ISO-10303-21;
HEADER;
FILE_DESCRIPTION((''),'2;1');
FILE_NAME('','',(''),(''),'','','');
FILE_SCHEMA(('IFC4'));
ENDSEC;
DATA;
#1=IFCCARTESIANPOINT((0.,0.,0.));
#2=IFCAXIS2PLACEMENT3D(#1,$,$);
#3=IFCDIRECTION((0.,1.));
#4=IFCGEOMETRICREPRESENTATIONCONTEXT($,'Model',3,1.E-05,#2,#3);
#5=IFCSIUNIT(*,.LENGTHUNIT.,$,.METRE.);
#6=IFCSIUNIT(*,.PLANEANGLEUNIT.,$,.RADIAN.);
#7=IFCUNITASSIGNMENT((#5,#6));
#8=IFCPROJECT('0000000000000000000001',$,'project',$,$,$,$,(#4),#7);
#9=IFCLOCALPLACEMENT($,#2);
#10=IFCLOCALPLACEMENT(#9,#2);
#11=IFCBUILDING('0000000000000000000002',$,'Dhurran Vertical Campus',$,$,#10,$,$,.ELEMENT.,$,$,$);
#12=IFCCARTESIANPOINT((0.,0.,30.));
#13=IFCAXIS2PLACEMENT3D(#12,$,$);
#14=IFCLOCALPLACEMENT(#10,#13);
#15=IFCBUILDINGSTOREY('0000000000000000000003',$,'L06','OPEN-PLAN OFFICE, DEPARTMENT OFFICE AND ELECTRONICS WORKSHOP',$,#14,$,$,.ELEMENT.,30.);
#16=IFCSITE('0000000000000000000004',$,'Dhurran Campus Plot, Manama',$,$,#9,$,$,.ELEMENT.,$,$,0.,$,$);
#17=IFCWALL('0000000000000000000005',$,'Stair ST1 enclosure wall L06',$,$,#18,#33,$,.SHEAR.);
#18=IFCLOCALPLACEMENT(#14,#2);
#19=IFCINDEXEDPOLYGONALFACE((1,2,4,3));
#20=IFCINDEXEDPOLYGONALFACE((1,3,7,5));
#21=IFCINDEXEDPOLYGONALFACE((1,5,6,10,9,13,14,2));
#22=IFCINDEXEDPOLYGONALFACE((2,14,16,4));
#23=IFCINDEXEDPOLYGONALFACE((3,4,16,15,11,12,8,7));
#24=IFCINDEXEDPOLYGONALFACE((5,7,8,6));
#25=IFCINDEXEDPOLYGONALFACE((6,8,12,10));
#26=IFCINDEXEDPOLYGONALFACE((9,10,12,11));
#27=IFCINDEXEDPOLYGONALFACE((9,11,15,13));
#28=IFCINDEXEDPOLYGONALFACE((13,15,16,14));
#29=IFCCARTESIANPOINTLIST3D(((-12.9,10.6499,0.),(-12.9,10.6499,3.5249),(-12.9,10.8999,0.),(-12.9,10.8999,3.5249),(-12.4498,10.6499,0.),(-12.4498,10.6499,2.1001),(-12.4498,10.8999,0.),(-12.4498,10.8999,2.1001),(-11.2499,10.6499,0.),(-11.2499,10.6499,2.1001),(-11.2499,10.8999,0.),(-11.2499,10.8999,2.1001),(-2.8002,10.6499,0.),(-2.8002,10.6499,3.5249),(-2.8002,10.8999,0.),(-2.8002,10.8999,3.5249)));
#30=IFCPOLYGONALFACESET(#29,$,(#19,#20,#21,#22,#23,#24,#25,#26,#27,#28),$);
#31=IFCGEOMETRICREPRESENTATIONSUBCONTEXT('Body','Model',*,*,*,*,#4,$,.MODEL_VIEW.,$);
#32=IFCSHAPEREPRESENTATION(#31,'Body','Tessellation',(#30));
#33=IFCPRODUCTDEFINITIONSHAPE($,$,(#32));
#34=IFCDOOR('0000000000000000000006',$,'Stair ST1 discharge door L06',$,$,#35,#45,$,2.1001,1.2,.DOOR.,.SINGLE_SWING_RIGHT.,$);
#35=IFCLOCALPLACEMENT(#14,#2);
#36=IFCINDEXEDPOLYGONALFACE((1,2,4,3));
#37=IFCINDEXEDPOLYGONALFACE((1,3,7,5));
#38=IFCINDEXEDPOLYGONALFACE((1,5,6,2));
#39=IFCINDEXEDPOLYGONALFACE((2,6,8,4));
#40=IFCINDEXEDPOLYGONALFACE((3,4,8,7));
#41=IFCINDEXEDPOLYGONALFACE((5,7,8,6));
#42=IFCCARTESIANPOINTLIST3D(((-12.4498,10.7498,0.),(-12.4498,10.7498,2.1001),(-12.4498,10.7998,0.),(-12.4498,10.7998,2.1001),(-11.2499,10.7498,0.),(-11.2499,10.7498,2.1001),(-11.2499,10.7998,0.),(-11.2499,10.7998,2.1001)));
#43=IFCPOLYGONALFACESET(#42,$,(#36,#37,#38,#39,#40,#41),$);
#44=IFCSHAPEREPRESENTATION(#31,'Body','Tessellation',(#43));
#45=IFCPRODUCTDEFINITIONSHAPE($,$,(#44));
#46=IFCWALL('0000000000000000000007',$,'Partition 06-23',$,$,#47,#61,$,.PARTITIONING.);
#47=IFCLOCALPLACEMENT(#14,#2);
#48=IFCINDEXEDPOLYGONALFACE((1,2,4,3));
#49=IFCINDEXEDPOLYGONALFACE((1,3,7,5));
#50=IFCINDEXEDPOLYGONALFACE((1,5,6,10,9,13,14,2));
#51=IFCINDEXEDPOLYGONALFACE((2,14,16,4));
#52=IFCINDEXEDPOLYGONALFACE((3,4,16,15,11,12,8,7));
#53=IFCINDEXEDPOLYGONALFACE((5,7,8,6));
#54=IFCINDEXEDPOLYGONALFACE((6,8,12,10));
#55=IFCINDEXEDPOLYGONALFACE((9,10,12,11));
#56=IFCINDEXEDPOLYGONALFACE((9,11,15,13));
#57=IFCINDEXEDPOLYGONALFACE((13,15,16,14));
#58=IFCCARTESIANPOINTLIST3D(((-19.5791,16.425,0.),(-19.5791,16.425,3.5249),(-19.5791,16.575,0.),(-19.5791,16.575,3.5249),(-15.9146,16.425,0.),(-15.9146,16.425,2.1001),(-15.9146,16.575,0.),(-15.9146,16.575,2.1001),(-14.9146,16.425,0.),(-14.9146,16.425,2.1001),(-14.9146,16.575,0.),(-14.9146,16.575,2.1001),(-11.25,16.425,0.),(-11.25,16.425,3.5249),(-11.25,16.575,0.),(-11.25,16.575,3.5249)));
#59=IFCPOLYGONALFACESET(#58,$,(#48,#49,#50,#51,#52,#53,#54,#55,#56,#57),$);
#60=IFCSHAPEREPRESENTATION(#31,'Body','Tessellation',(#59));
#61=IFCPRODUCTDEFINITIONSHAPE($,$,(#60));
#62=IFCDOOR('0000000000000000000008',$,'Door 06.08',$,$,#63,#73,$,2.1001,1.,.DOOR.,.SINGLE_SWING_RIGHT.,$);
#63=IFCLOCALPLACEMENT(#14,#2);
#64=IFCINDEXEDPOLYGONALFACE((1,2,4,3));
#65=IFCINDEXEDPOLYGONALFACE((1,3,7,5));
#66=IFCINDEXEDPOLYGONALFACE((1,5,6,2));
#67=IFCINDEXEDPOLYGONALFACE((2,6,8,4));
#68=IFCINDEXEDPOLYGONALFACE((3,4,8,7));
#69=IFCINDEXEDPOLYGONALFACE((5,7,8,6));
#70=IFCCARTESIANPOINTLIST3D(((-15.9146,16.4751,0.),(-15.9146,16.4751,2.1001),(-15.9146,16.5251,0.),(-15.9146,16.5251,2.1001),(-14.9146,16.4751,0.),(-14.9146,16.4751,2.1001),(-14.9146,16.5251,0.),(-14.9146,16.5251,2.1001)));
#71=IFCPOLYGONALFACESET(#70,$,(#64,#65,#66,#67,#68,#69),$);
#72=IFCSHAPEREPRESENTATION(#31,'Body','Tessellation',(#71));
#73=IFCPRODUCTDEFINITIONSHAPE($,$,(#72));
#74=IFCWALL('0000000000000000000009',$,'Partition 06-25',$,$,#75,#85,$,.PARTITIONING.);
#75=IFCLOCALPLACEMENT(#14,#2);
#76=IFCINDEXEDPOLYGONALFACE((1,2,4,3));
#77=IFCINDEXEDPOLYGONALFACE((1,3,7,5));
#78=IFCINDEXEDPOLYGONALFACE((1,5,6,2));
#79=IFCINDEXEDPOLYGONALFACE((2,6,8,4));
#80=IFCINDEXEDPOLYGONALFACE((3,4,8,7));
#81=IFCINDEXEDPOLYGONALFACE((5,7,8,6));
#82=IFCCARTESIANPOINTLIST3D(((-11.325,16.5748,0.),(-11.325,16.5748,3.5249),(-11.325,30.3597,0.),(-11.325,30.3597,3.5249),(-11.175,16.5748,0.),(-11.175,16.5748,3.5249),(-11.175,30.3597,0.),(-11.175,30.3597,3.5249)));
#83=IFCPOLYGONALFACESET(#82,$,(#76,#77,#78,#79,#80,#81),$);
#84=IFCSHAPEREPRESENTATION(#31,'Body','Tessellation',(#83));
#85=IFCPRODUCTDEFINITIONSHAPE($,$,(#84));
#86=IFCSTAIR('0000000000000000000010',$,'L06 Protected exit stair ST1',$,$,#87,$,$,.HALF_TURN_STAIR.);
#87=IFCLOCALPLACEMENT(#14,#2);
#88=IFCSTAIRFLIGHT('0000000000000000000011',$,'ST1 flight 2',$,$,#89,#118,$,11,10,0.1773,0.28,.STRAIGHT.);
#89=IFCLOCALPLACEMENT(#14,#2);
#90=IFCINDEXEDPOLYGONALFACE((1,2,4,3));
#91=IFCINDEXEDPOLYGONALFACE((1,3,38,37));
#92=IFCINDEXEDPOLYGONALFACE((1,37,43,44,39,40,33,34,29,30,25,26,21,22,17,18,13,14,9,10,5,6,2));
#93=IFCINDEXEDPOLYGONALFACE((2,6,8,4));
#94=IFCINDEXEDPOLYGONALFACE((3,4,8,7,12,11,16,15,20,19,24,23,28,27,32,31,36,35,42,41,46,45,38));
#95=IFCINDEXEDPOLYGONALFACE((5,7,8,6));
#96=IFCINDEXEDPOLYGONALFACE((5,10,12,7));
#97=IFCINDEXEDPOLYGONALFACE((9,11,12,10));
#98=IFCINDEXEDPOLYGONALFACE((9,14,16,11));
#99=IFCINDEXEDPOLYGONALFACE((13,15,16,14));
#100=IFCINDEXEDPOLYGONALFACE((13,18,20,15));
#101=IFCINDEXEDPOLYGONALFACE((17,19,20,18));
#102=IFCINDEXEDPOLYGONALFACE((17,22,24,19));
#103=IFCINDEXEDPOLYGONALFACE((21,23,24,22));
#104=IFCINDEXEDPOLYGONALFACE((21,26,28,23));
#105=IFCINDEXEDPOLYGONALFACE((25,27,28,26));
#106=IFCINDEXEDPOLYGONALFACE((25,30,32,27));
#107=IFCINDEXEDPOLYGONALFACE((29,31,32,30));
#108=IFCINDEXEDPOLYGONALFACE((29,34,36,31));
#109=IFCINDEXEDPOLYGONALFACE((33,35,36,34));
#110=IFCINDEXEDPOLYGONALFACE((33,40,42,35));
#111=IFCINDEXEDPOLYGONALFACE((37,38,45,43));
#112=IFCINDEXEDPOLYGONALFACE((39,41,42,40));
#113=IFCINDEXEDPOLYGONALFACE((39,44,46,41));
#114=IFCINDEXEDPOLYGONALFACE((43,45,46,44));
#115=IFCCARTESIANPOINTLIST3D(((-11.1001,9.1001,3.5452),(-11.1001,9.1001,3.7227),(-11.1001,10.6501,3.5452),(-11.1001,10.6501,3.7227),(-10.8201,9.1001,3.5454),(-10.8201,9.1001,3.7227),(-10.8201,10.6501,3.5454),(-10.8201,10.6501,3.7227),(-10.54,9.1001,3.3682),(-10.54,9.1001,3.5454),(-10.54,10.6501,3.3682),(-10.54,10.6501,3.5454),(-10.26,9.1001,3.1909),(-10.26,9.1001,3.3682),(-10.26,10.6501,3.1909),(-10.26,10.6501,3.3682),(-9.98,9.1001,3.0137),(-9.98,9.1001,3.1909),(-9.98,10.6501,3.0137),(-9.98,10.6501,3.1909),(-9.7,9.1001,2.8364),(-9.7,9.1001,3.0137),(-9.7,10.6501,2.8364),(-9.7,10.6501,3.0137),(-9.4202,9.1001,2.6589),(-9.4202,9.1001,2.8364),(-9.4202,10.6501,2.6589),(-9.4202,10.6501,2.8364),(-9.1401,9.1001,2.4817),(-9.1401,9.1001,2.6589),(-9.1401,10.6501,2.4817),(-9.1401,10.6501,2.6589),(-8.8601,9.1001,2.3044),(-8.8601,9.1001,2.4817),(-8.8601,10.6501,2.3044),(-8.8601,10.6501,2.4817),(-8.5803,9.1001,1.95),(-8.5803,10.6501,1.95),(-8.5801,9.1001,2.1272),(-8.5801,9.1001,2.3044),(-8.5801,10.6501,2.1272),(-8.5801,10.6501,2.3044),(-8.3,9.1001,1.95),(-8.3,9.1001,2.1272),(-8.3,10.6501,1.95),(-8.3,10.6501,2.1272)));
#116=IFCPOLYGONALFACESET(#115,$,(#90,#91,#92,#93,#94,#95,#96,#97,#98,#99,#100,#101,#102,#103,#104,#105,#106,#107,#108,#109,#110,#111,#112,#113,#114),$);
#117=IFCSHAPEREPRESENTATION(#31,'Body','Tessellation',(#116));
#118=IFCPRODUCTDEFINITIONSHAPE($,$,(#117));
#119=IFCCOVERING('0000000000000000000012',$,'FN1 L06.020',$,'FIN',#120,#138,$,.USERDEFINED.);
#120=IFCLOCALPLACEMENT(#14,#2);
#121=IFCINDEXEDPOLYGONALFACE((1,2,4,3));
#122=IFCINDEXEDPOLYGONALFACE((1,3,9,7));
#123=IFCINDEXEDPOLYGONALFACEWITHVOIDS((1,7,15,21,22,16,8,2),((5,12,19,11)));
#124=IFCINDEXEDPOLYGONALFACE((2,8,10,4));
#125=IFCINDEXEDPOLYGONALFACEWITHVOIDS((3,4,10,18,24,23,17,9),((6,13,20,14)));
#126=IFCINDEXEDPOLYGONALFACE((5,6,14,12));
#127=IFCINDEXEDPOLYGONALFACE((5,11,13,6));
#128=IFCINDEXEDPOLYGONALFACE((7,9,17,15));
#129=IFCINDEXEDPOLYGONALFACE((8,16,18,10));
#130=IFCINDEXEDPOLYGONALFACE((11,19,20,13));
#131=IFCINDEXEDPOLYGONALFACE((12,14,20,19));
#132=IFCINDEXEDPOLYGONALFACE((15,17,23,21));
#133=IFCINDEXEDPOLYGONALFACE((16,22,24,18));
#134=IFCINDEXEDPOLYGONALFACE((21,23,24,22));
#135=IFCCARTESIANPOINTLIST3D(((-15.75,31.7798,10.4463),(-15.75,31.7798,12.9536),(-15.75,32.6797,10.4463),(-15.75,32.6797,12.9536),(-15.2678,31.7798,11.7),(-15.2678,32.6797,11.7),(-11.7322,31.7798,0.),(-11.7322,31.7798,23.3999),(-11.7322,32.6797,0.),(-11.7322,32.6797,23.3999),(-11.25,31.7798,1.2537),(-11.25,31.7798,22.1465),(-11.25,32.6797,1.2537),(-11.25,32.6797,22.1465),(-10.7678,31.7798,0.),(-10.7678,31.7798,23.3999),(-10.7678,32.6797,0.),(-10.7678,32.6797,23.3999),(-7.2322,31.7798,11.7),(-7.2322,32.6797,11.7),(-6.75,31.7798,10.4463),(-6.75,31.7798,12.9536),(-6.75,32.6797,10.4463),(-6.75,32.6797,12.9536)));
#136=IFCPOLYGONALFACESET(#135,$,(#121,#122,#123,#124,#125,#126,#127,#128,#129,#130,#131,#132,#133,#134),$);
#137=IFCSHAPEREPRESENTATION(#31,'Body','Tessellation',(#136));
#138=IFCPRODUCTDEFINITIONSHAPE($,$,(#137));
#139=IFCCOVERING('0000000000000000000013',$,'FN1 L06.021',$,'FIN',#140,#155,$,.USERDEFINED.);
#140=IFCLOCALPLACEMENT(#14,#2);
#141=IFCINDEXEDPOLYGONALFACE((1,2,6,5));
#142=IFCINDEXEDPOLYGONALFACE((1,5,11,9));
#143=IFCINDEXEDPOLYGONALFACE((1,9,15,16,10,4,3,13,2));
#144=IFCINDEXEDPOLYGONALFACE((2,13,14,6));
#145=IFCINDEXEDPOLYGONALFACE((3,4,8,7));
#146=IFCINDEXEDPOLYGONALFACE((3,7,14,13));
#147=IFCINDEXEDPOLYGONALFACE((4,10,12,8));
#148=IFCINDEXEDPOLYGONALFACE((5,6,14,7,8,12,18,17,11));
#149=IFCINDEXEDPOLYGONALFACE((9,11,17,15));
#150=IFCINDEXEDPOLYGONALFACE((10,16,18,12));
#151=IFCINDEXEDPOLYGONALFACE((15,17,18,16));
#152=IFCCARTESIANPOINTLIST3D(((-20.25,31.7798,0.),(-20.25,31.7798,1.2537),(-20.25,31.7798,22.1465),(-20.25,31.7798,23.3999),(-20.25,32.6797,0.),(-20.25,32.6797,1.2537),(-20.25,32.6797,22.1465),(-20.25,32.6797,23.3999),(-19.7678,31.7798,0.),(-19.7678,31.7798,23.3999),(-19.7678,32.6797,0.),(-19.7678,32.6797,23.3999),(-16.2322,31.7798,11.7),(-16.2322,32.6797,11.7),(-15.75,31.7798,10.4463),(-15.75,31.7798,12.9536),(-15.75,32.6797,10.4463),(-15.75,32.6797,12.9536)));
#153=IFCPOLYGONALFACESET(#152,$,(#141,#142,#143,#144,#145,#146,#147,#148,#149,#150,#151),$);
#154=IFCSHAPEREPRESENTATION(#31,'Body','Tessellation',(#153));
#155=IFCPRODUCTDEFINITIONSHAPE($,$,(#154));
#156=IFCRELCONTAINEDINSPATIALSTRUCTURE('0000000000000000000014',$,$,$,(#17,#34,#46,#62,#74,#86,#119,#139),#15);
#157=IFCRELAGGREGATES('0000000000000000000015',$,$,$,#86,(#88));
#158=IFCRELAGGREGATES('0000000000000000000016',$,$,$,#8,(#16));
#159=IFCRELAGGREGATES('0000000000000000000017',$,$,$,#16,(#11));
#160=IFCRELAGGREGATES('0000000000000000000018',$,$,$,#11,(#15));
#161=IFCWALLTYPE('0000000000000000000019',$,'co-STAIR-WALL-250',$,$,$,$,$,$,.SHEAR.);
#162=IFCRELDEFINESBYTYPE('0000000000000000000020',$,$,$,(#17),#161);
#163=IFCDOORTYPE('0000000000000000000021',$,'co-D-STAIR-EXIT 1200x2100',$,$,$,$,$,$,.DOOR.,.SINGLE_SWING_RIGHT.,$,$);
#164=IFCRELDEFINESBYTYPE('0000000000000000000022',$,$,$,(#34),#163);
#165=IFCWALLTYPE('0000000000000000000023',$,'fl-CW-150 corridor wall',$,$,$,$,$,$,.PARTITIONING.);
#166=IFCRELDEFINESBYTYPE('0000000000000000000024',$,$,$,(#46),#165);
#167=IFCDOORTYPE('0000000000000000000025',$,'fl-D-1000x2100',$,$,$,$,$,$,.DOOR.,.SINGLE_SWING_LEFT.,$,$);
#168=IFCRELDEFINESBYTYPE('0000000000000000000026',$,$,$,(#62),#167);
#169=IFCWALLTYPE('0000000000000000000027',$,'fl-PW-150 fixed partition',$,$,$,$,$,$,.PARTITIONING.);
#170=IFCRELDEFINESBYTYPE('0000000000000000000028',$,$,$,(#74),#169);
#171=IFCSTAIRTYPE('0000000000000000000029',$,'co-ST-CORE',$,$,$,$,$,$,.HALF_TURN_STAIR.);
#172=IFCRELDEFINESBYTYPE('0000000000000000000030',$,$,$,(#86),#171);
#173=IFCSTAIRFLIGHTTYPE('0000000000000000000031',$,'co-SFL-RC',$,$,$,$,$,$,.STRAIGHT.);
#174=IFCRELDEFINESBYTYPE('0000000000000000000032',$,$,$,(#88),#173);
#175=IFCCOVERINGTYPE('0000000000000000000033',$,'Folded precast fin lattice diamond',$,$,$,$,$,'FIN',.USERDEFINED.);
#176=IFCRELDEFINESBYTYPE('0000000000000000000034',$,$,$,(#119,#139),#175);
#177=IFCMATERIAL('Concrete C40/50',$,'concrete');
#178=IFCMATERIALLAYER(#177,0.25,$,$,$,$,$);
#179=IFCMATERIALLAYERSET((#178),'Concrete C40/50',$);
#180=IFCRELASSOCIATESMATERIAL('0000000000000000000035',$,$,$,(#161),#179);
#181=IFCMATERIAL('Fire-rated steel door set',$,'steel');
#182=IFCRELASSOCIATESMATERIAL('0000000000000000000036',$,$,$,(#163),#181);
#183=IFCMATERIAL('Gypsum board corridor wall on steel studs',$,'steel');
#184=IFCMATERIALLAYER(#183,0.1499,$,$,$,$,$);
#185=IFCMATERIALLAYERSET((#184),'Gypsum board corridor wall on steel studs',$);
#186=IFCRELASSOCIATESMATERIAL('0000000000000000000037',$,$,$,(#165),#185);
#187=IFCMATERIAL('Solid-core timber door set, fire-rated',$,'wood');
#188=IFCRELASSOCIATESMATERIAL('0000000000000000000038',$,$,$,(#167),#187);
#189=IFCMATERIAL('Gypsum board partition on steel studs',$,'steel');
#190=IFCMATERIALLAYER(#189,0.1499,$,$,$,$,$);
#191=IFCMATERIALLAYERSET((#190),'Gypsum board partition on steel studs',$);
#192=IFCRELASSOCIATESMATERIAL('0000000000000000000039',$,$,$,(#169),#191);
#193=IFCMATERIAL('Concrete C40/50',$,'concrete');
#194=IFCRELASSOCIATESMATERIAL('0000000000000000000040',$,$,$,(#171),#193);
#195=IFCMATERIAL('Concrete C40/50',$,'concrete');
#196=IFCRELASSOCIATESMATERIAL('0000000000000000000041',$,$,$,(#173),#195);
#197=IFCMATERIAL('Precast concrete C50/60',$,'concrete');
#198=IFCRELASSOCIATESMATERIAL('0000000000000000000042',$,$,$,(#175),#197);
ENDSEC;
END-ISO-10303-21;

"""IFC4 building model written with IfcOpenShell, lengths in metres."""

from ifc_helpers import new_model, si_unit, direction, frame, frame_2d, origin, place, context, subcontext, project, spatial, polyline, rectangle, outline, extrude, material, layer, layer_set, type_object, element, fill, aggregate, save


model = new_model("IFC4")

# Units and contexts
model_context = context("Model", 3, precision=1e-05, world=origin(), true_north=direction((0.0, 1.0)))
body_context = subcontext(model_context, "Body", "Model", "MODEL_VIEW")
ifc_project = project(units=[si_unit("LENGTHUNIT", "METRE"), si_unit("PLANEANGLEUNIT", "RADIAN")], contexts=[model_context])

# Site, building, storey
site_placement = place(None, origin())
site = spatial("IfcSite", under=ifc_project, at=site_placement, Name="Dhurran Campus Plot, Manama", CompositionType="ELEMENT", RefElevation=0.0)
building_placement = place(site_placement, origin())
building = spatial("IfcBuilding", under=site, at=building_placement, Name="Dhurran Vertical Campus", CompositionType="ELEMENT")
storey_placement = place(building_placement, frame((0.0, 0.0, 30.0)))
storey = spatial("IfcBuildingStorey", under=building, at=storey_placement, Name="L06", Description="OPEN-PLAN OFFICE, DEPARTMENT OFFICE AND ELECTRONICS WORKSHOP", CompositionType="ELEMENT", Elevation=30.0)

# Walls, openings, doors
ifc_material_1 = material(Name="Concrete C40/50", Category="concrete")
ifc_layer_1 = layer(ifc_material_1, 0.25)
ifc_layer_set_1 = layer_set([ifc_layer_1], Name="Concrete C40/50")
wall_type_1 = type_object("IfcWallType", Name="co-STAIR-WALL-250", PredefinedType="SHEAR", material=ifc_layer_set_1)
wall_1_placement = place(storey_placement, frame((-12.8999, 10.7749, 0.0), z_axis=(0.0, 0.0, 1.0), x_axis=(1.0, 0.0, 0.0)))
wall_1 = element("IfcWall", 1, at=wall_1_placement, inside=storey, type_object=wall_type_1, Name="Stair ST1 enclosure wall L06", PredefinedType="SHEAR", context=body_context, shape_type="SweptSolid", body=[
    extrude(rectangle(XDim=10.0999, YDim=0.25, at=frame_2d((5.0498, 0.0))), origin(), (0.0, 0.0, 1.0), 3.5249),
])
opening_1_placement = place(wall_1_placement, frame((0.45, 0.0, 0.0)))
opening_1 = element("IfcOpeningElement", 2, at=opening_1_placement, cuts=wall_1, PredefinedType="OPENING", context=body_context, shape_type="SweptSolid", body=[
    extrude(rectangle(XDim=1.2, YDim=2.1001, at=frame_2d((0.6001, 1.05))), frame((0.0, 0.135, 0.0), z_axis=(0.0, -1.0, 0.0), x_axis=(1.0, 0.0, 0.0)), (0.0, 0.0, 1.0), 0.27),
])
ifc_material_2 = material(Name="Fire-rated steel door set", Category="steel")
door_type_1 = type_object("IfcDoorType", Name="co-D-STAIR-EXIT 1200x2100", OperationType="SINGLE_SWING_RIGHT", PredefinedType="DOOR", material=ifc_material_2)
door_1_placement = place(opening_1_placement, origin())
door_1 = element("IfcDoor", 3, at=door_1_placement, inside=storey, type_object=door_type_1, Name="Stair ST1 discharge door L06", OperationType="SINGLE_SWING_RIGHT", OverallHeight=2.1001, OverallWidth=1.2, PredefinedType="DOOR", context=body_context, shape_type="SweptSolid", body=[
    extrude(rectangle(XDim=1.2, YDim=2.1001, at=frame_2d((0.6001, 1.05))), frame((0.0, 0.0249, 0.0), z_axis=(0.0, -1.0, 0.0), x_axis=(1.0, 0.0, 0.0)), (0.0, 0.0, 1.0), 0.05),
])
fill(opening_1, door_1)
ifc_material_3 = material(Name="Gypsum board corridor wall on steel studs", Category="steel")
ifc_layer_2 = layer(ifc_material_3, 0.1499)
ifc_layer_set_2 = layer_set([ifc_layer_2], Name="Gypsum board corridor wall on steel studs")
wall_type_2 = type_object("IfcWallType", Name="fl-CW-150 corridor wall", PredefinedType="PARTITIONING", material=ifc_layer_set_2)
wall_2_placement = place(storey_placement, frame((-11.25, 16.5, 0.0), z_axis=(0.0, 0.0, 1.0), x_axis=(-1.0, 0.0, 0.0)))
wall_2 = element("IfcWall", 4, at=wall_2_placement, inside=storey, type_object=wall_type_2, Name="Partition 06-23", PredefinedType="PARTITIONING", context=body_context, shape_type="SweptSolid", body=[
    extrude(rectangle(XDim=8.3291, YDim=0.1499, at=frame_2d((4.1646, 0.0))), origin(), (0.0, 0.0, 1.0), 3.5249),
])
opening_2_placement = place(wall_2_placement, frame((3.6646, 0.0, 0.0)))
opening_2 = element("IfcOpeningElement", 5, at=opening_2_placement, cuts=wall_2, PredefinedType="OPENING", context=body_context, shape_type="SweptSolid", body=[
    extrude(rectangle(XDim=1.0, YDim=2.1001, at=frame_2d((0.5, 1.05))), frame((0.0, 0.085, 0.0), z_axis=(0.0, -1.0, 0.0), x_axis=(1.0, 0.0, 0.0)), (0.0, 0.0, 1.0), 0.1699),
])
ifc_material_4 = material(Name="Solid-core timber door set, fire-rated", Category="wood")
door_type_2 = type_object("IfcDoorType", Name="fl-D-1000x2100", OperationType="SINGLE_SWING_LEFT", PredefinedType="DOOR", material=ifc_material_4)
door_2_placement = place(opening_2_placement, origin())
door_2 = element("IfcDoor", 6, at=door_2_placement, inside=storey, type_object=door_type_2, Name="Door 06.08", OperationType="SINGLE_SWING_RIGHT", OverallHeight=2.1001, OverallWidth=1.0, PredefinedType="DOOR", context=body_context, shape_type="SweptSolid", body=[
    extrude(rectangle(XDim=1.0, YDim=2.1001, at=frame_2d((0.5, 1.05))), frame((0.0, 0.0249, 0.0), z_axis=(0.0, -1.0, 0.0), x_axis=(1.0, 0.0, 0.0)), (0.0, 0.0, 1.0), 0.05),
])
fill(opening_2, door_2)

# Wall
ifc_material_5 = material(Name="Gypsum board partition on steel studs", Category="steel")
ifc_layer_3 = layer(ifc_material_5, 0.1499)
ifc_layer_set_3 = layer_set([ifc_layer_3], Name="Gypsum board partition on steel studs")
wall_type_3 = type_object("IfcWallType", Name="fl-PW-150 fixed partition", PredefinedType="PARTITIONING", material=ifc_layer_set_3)
wall_3_placement = place(storey_placement, frame((-11.25, 30.3599, 0.0), z_axis=(0.0, 0.0, 1.0), x_axis=(0.0, -1.0, 0.0)))
element("IfcWall", 7, at=wall_3_placement, inside=storey, type_object=wall_type_3, Name="Partition 06-25", PredefinedType="PARTITIONING", context=body_context, shape_type="SweptSolid", body=[
    extrude(rectangle(XDim=13.7849, YDim=0.1499, at=frame_2d((6.8926, 0.0))), origin(), (0.0, 0.0, 1.0), 3.5249),
])

# Stair, stair flight
ifc_material_6 = material(Name="Concrete C40/50", Category="concrete")
stair_type = type_object("IfcStairType", Name="co-ST-CORE", PredefinedType="HALF_TURN_STAIR", material=ifc_material_6)
stair_placement = place(storey_placement, origin())
stair = element("IfcStair", 8, at=stair_placement, inside=storey, type_object=stair_type, Name="L06 Protected exit stair ST1", PredefinedType="HALF_TURN_STAIR")
ifc_material_7 = material(Name="Concrete C40/50", Category="concrete")
stair_flight_type = type_object("IfcStairFlightType", Name="co-SFL-RC", PredefinedType="STRAIGHT", material=ifc_material_7)
stair_flight_placement = place(storey_placement, frame((-8.3, 9.875, 1.95), z_axis=(0.0, 0.0, 1.0), x_axis=(-1.0, 0.0, 0.0)))
stair_flight = element("IfcStairFlight", 9, at=stair_flight_placement, type_object=stair_flight_type, Name="ST1 flight 2", NumberOfRisers=11, NumberOfTreads=10, PredefinedType="STRAIGHT", RiserHeight=0.1773, TreadLength=0.28, context=body_context, shape_type="SweptSolid", body=[
    extrude(outline(polyline([(0.0, 0.0), (0.0, 0.1772), (0.28, 0.1772), (0.28, 0.3545), (0.5601, 0.3545), (0.5601, 0.5317), (0.8401, 0.5317), (0.8401, 0.709), (1.1201, 0.709), (1.1201, 0.8865), (1.3999, 0.8865), (1.3999, 1.0637), (1.6799, 1.0637), (1.6799, 1.241), (1.96, 1.241), (1.96, 1.4182), (2.24, 1.4182), (2.24, 1.5955), (2.52, 1.5955), (2.52, 1.7727), (2.8, 1.7727), (2.8, 1.95), (2.8, 1.5952), (0.2803, 0.0), (0.0, 0.0)])), frame((0.0, 0.7749, 0.0), z_axis=(0.0, -1.0, 0.0), x_axis=(1.0, 0.0, 0.0)), (0.0, 0.0, 1.0), 1.55),
])
aggregate(stair, [stair_flight])

# Coverings
ifc_material_8 = material(Name="Precast concrete C50/60", Category="concrete")
covering_type = type_object("IfcCoveringType", Name="Folded precast fin lattice diamond", ElementType="FIN", PredefinedType="USERDEFINED", material=ifc_material_8)
covering_1_placement = place(storey_placement, frame((-6.75, 31.7798, 0.0), z_axis=(0.0, 1.0, 0.0), x_axis=(-1.0, 0.0, 0.0)))
element("IfcCovering", 10, at=covering_1_placement, inside=storey, type_object=covering_type, Name="FN1 L06.020", ObjectType="FIN", PredefinedType="USERDEFINED", context=body_context, shape_type="SweptSolid", body=[
    extrude(outline(polyline([(9.0, 12.9536), (9.0, 10.4463), (4.9822, 0.0), (4.0178, 0.0), (0.0, 10.4463), (0.0, 12.9536), (4.0178, 23.3999), (4.9822, 23.3999), (9.0, 12.9536)]), holes=[polyline([(8.5178, 11.7), (4.5, 22.1465), (0.4822, 11.7), (4.5, 1.2537), (8.5178, 11.7)])]), origin(), (0.0, 0.0, 1.0), 0.8999),
])
covering_2_placement = place(storey_placement, frame((-15.75, 31.7798, 0.0), z_axis=(0.0, 1.0, 0.0), x_axis=(-1.0, 0.0, 0.0)))
element("IfcCovering", 11, at=covering_2_placement, inside=storey, type_object=covering_type, Name="FN1 L06.021", ObjectType="FIN", PredefinedType="USERDEFINED", context=body_context, shape_type="SweptSolid", body=[
    extrude(outline(polyline([(4.0178, 0.0), (0.0, 10.4463), (0.0, 12.9536), (4.0178, 23.3999), (4.5, 23.3999), (4.5, 22.1465), (0.4822, 11.7), (4.5, 1.2537), (4.5, 0.0), (4.0178, 0.0)])), origin(), (0.0, 0.0, 1.0), 0.8999),
])

save(model, "model.ifc")
